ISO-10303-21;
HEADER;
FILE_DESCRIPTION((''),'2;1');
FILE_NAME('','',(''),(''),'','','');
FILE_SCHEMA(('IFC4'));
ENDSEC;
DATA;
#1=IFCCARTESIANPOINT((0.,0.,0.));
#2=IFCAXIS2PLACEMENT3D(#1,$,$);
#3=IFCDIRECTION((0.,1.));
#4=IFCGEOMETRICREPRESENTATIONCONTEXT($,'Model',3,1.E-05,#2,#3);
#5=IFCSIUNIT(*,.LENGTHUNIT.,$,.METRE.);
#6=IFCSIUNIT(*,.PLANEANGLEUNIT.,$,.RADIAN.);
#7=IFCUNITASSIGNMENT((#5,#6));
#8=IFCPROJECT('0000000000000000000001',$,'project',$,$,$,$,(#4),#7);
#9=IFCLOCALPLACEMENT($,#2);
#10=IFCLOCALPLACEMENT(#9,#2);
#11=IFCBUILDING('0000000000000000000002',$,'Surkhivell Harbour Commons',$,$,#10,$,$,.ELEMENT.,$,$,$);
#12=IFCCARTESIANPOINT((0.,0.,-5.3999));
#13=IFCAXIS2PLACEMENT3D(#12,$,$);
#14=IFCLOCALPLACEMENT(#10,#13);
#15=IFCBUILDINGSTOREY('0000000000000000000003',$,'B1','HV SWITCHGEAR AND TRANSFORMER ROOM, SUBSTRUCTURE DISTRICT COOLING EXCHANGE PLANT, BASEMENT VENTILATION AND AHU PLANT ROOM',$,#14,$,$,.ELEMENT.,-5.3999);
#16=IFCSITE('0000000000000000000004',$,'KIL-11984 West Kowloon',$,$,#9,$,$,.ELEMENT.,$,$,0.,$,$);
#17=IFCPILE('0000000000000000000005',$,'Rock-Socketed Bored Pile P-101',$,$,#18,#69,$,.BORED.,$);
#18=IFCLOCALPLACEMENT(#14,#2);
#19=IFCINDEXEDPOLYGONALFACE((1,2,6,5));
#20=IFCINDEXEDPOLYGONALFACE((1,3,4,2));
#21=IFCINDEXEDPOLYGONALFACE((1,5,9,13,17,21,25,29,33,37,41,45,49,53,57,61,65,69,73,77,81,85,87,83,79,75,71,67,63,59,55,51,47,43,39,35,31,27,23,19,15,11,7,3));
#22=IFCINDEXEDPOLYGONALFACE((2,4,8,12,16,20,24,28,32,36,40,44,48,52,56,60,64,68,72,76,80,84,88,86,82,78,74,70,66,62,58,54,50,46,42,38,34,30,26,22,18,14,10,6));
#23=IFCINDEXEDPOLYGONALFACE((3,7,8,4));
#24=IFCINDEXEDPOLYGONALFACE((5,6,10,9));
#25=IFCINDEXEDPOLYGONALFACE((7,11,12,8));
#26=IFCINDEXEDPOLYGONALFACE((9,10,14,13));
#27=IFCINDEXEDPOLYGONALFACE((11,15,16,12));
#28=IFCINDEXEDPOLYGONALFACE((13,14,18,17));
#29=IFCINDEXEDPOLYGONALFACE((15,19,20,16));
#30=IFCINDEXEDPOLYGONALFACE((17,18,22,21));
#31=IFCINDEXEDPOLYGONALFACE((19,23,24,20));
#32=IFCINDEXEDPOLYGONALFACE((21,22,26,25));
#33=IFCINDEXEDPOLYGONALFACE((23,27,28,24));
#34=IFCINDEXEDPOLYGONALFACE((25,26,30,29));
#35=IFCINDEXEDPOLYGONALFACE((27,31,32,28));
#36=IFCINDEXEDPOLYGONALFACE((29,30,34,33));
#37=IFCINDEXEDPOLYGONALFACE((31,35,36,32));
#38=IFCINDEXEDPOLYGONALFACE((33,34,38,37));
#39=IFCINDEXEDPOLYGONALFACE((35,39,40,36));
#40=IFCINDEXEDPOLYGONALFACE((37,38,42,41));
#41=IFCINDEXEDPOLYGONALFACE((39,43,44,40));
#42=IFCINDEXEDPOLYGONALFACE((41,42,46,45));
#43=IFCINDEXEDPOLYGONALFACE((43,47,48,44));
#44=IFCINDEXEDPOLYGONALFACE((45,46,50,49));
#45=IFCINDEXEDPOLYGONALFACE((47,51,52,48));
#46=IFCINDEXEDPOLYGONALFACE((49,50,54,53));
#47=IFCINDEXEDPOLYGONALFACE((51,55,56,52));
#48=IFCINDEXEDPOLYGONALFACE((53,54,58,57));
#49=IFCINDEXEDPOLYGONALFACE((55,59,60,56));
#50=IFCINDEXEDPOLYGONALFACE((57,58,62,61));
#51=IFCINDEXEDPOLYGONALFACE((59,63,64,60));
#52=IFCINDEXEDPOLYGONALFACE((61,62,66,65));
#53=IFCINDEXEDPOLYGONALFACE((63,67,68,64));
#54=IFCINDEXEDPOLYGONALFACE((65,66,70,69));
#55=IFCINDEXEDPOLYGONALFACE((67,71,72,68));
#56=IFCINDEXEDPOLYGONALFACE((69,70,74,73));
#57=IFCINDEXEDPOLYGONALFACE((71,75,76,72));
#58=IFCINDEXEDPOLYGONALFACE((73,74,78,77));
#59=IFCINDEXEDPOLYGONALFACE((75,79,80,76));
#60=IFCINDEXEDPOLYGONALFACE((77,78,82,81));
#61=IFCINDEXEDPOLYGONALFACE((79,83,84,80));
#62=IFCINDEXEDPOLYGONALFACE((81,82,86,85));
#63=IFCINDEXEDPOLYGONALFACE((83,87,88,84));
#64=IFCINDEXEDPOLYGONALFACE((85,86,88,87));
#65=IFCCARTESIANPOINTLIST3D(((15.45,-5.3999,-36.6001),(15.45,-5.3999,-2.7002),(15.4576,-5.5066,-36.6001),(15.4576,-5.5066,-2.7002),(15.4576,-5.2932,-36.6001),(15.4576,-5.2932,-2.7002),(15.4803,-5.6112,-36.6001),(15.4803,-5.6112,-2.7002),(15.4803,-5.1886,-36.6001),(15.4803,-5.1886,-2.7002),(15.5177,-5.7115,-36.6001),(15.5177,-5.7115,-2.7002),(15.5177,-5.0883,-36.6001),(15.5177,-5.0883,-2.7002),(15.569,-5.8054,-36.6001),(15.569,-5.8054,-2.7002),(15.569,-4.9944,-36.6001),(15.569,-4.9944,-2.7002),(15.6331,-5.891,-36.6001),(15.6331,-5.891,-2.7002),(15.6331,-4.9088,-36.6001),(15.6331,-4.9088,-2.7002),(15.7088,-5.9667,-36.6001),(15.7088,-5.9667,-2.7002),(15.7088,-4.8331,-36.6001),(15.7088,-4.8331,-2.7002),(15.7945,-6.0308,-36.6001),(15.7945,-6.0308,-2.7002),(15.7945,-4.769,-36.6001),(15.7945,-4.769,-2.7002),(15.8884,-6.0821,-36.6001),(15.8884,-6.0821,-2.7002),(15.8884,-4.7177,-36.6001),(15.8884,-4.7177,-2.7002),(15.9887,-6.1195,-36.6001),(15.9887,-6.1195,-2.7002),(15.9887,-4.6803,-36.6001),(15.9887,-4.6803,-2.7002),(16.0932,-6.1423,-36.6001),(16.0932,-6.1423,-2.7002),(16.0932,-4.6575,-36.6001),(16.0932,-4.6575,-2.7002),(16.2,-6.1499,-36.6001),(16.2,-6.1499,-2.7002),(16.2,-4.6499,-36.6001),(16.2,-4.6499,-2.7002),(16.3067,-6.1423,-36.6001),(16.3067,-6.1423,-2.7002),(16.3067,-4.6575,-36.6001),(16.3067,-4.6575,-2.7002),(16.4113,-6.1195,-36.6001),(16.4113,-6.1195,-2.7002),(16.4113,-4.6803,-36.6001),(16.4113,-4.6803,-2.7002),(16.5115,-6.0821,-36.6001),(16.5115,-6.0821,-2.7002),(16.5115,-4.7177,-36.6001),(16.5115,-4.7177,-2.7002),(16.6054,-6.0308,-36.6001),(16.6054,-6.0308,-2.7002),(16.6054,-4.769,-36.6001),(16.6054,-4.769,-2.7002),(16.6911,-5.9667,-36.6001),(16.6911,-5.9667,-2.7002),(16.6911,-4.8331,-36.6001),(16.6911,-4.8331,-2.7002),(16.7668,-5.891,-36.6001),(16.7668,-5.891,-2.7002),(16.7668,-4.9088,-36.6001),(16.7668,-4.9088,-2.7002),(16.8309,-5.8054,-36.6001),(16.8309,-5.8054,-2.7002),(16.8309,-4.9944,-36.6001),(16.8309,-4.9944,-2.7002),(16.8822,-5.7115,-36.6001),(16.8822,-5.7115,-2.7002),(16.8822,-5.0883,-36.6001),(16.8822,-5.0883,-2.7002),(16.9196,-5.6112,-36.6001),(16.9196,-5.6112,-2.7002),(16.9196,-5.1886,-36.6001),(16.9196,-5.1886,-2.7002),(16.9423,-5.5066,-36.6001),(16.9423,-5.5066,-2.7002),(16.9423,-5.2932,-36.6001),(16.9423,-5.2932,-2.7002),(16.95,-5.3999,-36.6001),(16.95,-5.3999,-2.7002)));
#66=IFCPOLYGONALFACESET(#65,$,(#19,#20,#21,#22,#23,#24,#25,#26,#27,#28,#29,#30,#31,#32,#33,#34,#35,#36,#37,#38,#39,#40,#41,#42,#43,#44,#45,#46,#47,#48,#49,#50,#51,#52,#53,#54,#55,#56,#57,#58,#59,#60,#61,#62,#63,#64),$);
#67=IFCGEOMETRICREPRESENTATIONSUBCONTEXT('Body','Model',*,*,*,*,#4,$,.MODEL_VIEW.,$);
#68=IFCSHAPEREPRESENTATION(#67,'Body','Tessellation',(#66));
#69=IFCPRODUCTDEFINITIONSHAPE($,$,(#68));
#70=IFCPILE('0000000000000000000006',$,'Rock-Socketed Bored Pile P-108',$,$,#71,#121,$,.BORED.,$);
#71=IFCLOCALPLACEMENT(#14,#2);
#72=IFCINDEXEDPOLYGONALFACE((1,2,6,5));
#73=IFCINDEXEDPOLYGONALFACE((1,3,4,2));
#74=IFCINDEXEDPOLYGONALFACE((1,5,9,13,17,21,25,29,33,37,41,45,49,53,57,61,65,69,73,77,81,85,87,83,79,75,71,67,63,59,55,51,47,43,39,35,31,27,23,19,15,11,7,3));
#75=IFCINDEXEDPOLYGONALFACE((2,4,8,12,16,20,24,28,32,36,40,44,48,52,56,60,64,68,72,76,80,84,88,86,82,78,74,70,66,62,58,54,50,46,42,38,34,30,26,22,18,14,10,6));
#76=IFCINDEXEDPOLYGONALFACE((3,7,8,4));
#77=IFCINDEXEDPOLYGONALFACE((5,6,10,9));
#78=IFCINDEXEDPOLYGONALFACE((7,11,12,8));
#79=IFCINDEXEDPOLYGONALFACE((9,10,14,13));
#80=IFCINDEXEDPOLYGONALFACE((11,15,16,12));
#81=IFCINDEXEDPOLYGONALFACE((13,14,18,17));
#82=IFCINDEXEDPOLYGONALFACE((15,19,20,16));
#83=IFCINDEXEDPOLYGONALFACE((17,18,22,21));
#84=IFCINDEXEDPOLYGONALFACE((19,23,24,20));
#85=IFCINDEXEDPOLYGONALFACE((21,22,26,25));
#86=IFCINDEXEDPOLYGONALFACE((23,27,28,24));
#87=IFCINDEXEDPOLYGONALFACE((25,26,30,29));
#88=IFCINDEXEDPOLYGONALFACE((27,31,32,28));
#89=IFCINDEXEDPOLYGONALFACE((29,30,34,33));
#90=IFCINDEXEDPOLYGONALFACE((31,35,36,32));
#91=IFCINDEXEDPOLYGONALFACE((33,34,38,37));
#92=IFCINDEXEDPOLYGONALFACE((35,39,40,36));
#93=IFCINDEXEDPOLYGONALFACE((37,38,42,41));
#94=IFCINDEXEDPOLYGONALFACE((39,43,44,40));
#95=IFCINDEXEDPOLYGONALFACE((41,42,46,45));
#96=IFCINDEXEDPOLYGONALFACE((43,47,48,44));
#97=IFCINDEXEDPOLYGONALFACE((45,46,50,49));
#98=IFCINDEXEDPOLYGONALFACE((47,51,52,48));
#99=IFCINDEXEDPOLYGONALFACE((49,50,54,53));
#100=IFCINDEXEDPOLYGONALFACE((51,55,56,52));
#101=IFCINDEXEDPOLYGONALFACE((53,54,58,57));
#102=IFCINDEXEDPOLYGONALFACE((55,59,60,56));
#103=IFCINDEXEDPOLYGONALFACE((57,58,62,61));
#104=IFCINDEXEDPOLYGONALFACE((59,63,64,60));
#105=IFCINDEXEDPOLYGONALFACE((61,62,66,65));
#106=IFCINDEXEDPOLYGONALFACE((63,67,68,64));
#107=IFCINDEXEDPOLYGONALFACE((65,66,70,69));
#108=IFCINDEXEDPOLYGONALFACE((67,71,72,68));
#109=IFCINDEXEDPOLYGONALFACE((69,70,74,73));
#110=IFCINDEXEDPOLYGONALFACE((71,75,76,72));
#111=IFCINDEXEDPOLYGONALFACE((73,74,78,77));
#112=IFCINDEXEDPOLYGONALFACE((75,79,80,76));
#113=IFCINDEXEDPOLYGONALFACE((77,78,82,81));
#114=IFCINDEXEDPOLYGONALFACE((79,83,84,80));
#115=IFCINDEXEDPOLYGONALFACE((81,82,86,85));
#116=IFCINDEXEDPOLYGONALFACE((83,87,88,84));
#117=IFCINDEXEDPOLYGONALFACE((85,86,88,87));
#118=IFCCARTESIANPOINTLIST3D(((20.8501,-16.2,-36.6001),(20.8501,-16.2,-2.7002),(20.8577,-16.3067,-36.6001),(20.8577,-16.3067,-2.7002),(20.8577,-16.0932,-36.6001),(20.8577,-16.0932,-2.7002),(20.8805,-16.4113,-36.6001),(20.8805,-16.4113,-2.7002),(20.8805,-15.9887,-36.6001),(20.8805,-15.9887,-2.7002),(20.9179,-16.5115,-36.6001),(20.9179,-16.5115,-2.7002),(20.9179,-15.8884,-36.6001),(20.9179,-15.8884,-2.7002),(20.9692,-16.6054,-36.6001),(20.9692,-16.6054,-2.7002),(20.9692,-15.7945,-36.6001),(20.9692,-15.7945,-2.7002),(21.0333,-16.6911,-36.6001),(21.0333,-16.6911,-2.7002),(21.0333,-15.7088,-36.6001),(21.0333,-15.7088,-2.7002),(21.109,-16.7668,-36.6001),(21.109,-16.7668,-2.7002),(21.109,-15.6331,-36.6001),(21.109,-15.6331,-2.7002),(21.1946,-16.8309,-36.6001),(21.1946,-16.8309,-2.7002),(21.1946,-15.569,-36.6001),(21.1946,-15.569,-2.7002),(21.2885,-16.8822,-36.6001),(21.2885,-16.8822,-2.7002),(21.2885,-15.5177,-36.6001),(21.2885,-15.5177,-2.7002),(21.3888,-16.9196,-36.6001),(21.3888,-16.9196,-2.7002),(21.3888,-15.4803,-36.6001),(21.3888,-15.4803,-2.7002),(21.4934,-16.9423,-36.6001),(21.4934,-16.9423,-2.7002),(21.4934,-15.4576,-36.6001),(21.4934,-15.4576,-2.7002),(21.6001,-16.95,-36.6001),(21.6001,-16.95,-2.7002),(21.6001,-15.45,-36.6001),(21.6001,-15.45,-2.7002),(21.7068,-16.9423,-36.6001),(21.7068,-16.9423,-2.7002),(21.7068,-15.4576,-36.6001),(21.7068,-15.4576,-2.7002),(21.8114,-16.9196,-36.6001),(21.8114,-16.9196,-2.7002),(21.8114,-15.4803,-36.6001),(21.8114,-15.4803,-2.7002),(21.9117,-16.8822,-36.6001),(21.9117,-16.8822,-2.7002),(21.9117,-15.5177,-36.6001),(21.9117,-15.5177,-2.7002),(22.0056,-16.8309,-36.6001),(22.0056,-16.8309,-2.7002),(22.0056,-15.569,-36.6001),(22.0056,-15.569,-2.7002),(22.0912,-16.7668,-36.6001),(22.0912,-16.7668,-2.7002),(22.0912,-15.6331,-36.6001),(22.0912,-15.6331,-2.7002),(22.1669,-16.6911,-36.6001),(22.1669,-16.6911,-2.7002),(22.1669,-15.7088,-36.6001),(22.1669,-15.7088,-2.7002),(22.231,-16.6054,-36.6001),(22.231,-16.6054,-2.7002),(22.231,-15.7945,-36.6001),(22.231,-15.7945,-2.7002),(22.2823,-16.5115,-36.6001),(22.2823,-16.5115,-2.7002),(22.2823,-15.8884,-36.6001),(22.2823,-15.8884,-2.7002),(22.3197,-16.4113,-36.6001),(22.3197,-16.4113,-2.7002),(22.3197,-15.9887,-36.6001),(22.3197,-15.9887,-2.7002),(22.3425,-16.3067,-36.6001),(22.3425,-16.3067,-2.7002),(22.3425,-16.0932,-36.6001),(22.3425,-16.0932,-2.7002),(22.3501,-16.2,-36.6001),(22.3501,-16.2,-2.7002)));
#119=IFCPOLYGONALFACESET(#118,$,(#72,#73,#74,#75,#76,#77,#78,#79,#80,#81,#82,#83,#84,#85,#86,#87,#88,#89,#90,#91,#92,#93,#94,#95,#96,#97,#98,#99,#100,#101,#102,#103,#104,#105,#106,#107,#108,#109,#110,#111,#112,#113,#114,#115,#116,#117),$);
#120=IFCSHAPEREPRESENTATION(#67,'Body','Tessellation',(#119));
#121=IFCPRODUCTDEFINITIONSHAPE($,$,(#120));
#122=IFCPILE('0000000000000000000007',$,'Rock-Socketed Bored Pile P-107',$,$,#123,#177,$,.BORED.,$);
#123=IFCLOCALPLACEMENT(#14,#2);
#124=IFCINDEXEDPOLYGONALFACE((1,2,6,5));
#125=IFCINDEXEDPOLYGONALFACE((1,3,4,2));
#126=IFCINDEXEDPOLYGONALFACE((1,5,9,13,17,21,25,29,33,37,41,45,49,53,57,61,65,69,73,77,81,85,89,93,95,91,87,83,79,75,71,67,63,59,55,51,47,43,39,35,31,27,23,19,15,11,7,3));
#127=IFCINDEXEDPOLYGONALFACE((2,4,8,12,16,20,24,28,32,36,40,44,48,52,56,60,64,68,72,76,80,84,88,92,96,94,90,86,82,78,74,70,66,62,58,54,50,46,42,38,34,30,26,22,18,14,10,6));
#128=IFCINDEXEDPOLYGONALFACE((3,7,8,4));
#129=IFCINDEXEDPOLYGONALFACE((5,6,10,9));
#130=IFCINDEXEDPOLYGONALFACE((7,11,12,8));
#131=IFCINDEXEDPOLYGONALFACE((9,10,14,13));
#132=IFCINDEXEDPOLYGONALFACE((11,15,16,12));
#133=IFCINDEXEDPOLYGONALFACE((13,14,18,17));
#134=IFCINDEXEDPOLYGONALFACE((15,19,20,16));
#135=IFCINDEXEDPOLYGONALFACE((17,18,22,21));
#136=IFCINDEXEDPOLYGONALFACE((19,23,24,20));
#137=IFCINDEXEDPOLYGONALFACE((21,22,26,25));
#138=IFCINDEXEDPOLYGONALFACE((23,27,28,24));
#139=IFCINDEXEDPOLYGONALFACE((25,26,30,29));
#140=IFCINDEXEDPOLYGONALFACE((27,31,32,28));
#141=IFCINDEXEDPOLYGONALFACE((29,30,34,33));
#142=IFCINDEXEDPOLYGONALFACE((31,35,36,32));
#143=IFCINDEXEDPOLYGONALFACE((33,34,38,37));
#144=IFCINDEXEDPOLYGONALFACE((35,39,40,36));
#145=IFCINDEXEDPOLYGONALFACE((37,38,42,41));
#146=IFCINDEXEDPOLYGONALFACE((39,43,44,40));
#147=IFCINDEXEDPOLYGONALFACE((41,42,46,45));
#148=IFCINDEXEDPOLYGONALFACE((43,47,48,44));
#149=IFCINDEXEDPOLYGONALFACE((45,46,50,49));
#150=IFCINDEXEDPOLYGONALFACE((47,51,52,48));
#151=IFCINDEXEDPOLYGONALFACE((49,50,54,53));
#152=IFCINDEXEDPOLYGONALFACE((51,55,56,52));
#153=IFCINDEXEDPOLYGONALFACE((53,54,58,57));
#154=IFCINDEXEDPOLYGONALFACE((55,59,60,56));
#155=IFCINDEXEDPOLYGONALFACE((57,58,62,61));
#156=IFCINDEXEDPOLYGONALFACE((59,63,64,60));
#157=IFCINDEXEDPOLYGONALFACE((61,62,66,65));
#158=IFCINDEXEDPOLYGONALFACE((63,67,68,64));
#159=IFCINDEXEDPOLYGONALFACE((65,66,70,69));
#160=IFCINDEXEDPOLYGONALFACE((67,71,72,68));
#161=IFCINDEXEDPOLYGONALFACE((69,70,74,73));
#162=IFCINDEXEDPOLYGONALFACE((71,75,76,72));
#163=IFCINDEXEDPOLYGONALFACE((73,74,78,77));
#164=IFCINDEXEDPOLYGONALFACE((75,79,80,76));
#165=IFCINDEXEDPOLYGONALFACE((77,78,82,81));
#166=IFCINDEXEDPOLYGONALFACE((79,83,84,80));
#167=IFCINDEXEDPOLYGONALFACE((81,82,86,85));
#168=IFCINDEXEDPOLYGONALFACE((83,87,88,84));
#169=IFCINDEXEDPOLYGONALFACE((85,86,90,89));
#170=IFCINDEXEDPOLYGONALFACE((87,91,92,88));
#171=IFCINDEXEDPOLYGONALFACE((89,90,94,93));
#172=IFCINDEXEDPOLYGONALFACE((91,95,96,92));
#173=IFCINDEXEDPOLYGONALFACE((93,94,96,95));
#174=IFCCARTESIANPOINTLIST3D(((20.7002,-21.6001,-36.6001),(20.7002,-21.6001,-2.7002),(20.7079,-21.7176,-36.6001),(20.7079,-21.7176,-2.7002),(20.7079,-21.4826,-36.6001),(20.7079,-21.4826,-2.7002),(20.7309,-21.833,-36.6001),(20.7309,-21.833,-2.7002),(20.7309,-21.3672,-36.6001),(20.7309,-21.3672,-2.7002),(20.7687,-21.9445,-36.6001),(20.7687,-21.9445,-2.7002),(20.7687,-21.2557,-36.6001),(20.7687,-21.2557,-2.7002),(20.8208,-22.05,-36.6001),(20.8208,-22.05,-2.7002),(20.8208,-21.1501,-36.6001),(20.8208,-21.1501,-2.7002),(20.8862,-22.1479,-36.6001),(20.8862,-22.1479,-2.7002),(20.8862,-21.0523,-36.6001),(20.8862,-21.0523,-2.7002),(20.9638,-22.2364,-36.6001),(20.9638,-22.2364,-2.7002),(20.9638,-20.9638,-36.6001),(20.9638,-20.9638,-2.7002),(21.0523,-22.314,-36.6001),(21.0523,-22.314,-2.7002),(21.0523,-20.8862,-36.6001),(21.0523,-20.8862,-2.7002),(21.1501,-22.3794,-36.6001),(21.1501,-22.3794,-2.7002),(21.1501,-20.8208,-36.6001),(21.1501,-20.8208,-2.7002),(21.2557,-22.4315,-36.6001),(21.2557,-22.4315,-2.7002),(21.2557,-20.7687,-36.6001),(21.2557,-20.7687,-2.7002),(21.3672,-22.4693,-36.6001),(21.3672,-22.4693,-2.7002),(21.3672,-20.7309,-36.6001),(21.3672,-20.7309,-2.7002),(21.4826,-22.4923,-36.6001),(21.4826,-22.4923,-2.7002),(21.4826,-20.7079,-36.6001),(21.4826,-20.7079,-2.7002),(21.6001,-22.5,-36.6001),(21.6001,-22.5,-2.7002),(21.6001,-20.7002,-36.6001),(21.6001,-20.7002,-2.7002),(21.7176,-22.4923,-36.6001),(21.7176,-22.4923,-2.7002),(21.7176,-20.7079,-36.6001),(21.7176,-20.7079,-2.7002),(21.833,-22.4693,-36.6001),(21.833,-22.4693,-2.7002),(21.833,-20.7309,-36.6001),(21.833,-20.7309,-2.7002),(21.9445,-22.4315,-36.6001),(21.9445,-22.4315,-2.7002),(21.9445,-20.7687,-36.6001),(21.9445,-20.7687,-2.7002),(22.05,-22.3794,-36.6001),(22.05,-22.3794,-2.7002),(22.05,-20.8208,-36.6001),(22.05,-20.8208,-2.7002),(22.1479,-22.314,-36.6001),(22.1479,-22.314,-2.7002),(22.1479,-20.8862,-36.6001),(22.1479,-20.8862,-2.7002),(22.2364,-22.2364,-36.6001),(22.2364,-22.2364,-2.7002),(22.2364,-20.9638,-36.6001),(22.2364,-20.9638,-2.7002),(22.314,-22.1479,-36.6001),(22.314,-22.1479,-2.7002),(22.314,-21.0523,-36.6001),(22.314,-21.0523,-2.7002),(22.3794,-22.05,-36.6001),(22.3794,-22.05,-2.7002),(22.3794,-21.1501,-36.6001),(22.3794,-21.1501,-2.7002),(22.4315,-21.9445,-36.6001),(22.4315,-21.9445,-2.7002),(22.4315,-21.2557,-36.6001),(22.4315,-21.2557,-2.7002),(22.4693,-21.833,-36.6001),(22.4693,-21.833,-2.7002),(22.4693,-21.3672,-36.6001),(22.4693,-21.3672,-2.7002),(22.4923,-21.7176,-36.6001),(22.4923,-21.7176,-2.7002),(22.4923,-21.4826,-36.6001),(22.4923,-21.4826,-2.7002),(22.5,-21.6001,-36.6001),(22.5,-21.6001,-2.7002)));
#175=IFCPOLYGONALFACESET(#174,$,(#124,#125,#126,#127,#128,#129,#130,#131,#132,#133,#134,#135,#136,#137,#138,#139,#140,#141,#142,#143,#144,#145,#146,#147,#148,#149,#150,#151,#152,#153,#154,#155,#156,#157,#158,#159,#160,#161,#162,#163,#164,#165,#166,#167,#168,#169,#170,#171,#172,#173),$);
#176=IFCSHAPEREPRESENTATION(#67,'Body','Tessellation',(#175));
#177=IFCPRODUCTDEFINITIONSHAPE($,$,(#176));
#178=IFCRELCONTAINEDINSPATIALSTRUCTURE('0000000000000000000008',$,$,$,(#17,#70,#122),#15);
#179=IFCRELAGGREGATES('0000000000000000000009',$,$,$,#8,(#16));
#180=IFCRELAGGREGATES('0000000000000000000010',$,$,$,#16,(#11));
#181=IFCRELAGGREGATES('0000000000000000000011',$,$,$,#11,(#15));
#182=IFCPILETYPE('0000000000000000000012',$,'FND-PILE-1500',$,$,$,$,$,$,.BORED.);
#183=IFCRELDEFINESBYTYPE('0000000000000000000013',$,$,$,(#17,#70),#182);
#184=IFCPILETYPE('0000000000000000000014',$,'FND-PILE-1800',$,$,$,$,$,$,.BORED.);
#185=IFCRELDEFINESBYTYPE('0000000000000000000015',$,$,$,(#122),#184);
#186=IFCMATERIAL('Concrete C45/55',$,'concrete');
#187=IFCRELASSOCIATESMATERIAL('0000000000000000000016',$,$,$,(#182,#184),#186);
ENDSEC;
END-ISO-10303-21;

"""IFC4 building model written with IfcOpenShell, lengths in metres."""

from ifc_helpers import new_model, si_unit, direction, frame, origin, origin_2d, place, context, subcontext, project, spatial, circle, extrude, material, material_profile, profile_set, type_object, element, save


model = new_model("IFC4")

# Units and contexts
model_context = context("Model", 3, precision=1e-05, world=origin(), true_north=direction((0.0, 1.0)))
body_context = subcontext(model_context, "Body", "Model", "MODEL_VIEW")
ifc_project = project(units=[si_unit("LENGTHUNIT", "METRE"), si_unit("PLANEANGLEUNIT", "RADIAN")], contexts=[model_context])

# Site, building, storey
site_placement = place(None, origin())
site = spatial("IfcSite", under=ifc_project, at=site_placement, Name="KIL-11984 West Kowloon", CompositionType="ELEMENT", RefElevation=0.0)
building_placement = place(site_placement, origin())
building = spatial("IfcBuilding", under=site, at=building_placement, Name="Surkhivell Harbour Commons", CompositionType="ELEMENT")
storey_placement = place(building_placement, frame((0.0, 0.0, -5.3999)))
storey = spatial("IfcBuildingStorey", under=building, at=storey_placement, Name="B1", Description="HV SWITCHGEAR AND TRANSFORMER ROOM, SUBSTRUCTURE DISTRICT COOLING EXCHANGE PLANT, BASEMENT VENTILATION AND AHU PLANT ROOM", CompositionType="ELEMENT", Elevation=-5.3999)

# Piles
ifc_material_1 = material(Name="Concrete C45/55", Category="concrete")
ifc_material_profile_1 = material_profile(ifc_material_1, circle(Radius=0.75, at=origin_2d()), Name="PILE-1500")
ifc_profile_set_1 = profile_set([ifc_material_profile_1], Name="Concrete C45/55")
pile_type_1 = type_object("IfcPileType", Name="FND-PILE-1500", PredefinedType="BORED", material=ifc_profile_set_1)
for number, where, z_axis, x_axis, name in (
    (1, (16.2, -5.3999, -2.7002), (0.0, 0.0, -1.0), (1.0, 0.0, 0.0), "Rock-Socketed Bored Pile P-101"),
    (2, (21.6001, -16.2, -2.7002), (0.0, 0.0, -1.0), (1.0, 0.0, 0.0), "Rock-Socketed Bored Pile P-108"),
):
    element("IfcPile", number, at=place(storey_placement, frame(where, z_axis=z_axis, x_axis=x_axis)), inside=storey, type_object=pile_type_1, Name=name, PredefinedType="BORED", context=body_context, shape_type="SweptSolid", body=[
        extrude(circle(Radius=0.75, at=origin_2d()), origin(), (0.0, 0.0, 1.0), 33.8999),
    ])
ifc_material_profile_2 = material_profile(ifc_material_1, circle(Radius=0.8999, at=origin_2d()), Name="PILE-1800")
ifc_profile_set_2 = profile_set([ifc_material_profile_2], Name="Concrete C45/55")
pile_type_2 = type_object("IfcPileType", Name="FND-PILE-1800", PredefinedType="BORED", material=ifc_profile_set_2)
for number, where, z_axis, x_axis, name in (
    (3, (21.6001, -21.6001, -2.7002), (0.0, 0.0, -1.0), (1.0, 0.0, 0.0), "Rock-Socketed Bored Pile P-107"),
):
    element("IfcPile", number, at=place(storey_placement, frame(where, z_axis=z_axis, x_axis=x_axis)), inside=storey, type_object=pile_type_2, Name=name, PredefinedType="BORED", context=body_context, shape_type="SweptSolid", body=[
        extrude(circle(Radius=0.8999, at=origin_2d()), origin(), (0.0, 0.0, 1.0), 33.8999),
    ])

save(model, "model.ifc")
